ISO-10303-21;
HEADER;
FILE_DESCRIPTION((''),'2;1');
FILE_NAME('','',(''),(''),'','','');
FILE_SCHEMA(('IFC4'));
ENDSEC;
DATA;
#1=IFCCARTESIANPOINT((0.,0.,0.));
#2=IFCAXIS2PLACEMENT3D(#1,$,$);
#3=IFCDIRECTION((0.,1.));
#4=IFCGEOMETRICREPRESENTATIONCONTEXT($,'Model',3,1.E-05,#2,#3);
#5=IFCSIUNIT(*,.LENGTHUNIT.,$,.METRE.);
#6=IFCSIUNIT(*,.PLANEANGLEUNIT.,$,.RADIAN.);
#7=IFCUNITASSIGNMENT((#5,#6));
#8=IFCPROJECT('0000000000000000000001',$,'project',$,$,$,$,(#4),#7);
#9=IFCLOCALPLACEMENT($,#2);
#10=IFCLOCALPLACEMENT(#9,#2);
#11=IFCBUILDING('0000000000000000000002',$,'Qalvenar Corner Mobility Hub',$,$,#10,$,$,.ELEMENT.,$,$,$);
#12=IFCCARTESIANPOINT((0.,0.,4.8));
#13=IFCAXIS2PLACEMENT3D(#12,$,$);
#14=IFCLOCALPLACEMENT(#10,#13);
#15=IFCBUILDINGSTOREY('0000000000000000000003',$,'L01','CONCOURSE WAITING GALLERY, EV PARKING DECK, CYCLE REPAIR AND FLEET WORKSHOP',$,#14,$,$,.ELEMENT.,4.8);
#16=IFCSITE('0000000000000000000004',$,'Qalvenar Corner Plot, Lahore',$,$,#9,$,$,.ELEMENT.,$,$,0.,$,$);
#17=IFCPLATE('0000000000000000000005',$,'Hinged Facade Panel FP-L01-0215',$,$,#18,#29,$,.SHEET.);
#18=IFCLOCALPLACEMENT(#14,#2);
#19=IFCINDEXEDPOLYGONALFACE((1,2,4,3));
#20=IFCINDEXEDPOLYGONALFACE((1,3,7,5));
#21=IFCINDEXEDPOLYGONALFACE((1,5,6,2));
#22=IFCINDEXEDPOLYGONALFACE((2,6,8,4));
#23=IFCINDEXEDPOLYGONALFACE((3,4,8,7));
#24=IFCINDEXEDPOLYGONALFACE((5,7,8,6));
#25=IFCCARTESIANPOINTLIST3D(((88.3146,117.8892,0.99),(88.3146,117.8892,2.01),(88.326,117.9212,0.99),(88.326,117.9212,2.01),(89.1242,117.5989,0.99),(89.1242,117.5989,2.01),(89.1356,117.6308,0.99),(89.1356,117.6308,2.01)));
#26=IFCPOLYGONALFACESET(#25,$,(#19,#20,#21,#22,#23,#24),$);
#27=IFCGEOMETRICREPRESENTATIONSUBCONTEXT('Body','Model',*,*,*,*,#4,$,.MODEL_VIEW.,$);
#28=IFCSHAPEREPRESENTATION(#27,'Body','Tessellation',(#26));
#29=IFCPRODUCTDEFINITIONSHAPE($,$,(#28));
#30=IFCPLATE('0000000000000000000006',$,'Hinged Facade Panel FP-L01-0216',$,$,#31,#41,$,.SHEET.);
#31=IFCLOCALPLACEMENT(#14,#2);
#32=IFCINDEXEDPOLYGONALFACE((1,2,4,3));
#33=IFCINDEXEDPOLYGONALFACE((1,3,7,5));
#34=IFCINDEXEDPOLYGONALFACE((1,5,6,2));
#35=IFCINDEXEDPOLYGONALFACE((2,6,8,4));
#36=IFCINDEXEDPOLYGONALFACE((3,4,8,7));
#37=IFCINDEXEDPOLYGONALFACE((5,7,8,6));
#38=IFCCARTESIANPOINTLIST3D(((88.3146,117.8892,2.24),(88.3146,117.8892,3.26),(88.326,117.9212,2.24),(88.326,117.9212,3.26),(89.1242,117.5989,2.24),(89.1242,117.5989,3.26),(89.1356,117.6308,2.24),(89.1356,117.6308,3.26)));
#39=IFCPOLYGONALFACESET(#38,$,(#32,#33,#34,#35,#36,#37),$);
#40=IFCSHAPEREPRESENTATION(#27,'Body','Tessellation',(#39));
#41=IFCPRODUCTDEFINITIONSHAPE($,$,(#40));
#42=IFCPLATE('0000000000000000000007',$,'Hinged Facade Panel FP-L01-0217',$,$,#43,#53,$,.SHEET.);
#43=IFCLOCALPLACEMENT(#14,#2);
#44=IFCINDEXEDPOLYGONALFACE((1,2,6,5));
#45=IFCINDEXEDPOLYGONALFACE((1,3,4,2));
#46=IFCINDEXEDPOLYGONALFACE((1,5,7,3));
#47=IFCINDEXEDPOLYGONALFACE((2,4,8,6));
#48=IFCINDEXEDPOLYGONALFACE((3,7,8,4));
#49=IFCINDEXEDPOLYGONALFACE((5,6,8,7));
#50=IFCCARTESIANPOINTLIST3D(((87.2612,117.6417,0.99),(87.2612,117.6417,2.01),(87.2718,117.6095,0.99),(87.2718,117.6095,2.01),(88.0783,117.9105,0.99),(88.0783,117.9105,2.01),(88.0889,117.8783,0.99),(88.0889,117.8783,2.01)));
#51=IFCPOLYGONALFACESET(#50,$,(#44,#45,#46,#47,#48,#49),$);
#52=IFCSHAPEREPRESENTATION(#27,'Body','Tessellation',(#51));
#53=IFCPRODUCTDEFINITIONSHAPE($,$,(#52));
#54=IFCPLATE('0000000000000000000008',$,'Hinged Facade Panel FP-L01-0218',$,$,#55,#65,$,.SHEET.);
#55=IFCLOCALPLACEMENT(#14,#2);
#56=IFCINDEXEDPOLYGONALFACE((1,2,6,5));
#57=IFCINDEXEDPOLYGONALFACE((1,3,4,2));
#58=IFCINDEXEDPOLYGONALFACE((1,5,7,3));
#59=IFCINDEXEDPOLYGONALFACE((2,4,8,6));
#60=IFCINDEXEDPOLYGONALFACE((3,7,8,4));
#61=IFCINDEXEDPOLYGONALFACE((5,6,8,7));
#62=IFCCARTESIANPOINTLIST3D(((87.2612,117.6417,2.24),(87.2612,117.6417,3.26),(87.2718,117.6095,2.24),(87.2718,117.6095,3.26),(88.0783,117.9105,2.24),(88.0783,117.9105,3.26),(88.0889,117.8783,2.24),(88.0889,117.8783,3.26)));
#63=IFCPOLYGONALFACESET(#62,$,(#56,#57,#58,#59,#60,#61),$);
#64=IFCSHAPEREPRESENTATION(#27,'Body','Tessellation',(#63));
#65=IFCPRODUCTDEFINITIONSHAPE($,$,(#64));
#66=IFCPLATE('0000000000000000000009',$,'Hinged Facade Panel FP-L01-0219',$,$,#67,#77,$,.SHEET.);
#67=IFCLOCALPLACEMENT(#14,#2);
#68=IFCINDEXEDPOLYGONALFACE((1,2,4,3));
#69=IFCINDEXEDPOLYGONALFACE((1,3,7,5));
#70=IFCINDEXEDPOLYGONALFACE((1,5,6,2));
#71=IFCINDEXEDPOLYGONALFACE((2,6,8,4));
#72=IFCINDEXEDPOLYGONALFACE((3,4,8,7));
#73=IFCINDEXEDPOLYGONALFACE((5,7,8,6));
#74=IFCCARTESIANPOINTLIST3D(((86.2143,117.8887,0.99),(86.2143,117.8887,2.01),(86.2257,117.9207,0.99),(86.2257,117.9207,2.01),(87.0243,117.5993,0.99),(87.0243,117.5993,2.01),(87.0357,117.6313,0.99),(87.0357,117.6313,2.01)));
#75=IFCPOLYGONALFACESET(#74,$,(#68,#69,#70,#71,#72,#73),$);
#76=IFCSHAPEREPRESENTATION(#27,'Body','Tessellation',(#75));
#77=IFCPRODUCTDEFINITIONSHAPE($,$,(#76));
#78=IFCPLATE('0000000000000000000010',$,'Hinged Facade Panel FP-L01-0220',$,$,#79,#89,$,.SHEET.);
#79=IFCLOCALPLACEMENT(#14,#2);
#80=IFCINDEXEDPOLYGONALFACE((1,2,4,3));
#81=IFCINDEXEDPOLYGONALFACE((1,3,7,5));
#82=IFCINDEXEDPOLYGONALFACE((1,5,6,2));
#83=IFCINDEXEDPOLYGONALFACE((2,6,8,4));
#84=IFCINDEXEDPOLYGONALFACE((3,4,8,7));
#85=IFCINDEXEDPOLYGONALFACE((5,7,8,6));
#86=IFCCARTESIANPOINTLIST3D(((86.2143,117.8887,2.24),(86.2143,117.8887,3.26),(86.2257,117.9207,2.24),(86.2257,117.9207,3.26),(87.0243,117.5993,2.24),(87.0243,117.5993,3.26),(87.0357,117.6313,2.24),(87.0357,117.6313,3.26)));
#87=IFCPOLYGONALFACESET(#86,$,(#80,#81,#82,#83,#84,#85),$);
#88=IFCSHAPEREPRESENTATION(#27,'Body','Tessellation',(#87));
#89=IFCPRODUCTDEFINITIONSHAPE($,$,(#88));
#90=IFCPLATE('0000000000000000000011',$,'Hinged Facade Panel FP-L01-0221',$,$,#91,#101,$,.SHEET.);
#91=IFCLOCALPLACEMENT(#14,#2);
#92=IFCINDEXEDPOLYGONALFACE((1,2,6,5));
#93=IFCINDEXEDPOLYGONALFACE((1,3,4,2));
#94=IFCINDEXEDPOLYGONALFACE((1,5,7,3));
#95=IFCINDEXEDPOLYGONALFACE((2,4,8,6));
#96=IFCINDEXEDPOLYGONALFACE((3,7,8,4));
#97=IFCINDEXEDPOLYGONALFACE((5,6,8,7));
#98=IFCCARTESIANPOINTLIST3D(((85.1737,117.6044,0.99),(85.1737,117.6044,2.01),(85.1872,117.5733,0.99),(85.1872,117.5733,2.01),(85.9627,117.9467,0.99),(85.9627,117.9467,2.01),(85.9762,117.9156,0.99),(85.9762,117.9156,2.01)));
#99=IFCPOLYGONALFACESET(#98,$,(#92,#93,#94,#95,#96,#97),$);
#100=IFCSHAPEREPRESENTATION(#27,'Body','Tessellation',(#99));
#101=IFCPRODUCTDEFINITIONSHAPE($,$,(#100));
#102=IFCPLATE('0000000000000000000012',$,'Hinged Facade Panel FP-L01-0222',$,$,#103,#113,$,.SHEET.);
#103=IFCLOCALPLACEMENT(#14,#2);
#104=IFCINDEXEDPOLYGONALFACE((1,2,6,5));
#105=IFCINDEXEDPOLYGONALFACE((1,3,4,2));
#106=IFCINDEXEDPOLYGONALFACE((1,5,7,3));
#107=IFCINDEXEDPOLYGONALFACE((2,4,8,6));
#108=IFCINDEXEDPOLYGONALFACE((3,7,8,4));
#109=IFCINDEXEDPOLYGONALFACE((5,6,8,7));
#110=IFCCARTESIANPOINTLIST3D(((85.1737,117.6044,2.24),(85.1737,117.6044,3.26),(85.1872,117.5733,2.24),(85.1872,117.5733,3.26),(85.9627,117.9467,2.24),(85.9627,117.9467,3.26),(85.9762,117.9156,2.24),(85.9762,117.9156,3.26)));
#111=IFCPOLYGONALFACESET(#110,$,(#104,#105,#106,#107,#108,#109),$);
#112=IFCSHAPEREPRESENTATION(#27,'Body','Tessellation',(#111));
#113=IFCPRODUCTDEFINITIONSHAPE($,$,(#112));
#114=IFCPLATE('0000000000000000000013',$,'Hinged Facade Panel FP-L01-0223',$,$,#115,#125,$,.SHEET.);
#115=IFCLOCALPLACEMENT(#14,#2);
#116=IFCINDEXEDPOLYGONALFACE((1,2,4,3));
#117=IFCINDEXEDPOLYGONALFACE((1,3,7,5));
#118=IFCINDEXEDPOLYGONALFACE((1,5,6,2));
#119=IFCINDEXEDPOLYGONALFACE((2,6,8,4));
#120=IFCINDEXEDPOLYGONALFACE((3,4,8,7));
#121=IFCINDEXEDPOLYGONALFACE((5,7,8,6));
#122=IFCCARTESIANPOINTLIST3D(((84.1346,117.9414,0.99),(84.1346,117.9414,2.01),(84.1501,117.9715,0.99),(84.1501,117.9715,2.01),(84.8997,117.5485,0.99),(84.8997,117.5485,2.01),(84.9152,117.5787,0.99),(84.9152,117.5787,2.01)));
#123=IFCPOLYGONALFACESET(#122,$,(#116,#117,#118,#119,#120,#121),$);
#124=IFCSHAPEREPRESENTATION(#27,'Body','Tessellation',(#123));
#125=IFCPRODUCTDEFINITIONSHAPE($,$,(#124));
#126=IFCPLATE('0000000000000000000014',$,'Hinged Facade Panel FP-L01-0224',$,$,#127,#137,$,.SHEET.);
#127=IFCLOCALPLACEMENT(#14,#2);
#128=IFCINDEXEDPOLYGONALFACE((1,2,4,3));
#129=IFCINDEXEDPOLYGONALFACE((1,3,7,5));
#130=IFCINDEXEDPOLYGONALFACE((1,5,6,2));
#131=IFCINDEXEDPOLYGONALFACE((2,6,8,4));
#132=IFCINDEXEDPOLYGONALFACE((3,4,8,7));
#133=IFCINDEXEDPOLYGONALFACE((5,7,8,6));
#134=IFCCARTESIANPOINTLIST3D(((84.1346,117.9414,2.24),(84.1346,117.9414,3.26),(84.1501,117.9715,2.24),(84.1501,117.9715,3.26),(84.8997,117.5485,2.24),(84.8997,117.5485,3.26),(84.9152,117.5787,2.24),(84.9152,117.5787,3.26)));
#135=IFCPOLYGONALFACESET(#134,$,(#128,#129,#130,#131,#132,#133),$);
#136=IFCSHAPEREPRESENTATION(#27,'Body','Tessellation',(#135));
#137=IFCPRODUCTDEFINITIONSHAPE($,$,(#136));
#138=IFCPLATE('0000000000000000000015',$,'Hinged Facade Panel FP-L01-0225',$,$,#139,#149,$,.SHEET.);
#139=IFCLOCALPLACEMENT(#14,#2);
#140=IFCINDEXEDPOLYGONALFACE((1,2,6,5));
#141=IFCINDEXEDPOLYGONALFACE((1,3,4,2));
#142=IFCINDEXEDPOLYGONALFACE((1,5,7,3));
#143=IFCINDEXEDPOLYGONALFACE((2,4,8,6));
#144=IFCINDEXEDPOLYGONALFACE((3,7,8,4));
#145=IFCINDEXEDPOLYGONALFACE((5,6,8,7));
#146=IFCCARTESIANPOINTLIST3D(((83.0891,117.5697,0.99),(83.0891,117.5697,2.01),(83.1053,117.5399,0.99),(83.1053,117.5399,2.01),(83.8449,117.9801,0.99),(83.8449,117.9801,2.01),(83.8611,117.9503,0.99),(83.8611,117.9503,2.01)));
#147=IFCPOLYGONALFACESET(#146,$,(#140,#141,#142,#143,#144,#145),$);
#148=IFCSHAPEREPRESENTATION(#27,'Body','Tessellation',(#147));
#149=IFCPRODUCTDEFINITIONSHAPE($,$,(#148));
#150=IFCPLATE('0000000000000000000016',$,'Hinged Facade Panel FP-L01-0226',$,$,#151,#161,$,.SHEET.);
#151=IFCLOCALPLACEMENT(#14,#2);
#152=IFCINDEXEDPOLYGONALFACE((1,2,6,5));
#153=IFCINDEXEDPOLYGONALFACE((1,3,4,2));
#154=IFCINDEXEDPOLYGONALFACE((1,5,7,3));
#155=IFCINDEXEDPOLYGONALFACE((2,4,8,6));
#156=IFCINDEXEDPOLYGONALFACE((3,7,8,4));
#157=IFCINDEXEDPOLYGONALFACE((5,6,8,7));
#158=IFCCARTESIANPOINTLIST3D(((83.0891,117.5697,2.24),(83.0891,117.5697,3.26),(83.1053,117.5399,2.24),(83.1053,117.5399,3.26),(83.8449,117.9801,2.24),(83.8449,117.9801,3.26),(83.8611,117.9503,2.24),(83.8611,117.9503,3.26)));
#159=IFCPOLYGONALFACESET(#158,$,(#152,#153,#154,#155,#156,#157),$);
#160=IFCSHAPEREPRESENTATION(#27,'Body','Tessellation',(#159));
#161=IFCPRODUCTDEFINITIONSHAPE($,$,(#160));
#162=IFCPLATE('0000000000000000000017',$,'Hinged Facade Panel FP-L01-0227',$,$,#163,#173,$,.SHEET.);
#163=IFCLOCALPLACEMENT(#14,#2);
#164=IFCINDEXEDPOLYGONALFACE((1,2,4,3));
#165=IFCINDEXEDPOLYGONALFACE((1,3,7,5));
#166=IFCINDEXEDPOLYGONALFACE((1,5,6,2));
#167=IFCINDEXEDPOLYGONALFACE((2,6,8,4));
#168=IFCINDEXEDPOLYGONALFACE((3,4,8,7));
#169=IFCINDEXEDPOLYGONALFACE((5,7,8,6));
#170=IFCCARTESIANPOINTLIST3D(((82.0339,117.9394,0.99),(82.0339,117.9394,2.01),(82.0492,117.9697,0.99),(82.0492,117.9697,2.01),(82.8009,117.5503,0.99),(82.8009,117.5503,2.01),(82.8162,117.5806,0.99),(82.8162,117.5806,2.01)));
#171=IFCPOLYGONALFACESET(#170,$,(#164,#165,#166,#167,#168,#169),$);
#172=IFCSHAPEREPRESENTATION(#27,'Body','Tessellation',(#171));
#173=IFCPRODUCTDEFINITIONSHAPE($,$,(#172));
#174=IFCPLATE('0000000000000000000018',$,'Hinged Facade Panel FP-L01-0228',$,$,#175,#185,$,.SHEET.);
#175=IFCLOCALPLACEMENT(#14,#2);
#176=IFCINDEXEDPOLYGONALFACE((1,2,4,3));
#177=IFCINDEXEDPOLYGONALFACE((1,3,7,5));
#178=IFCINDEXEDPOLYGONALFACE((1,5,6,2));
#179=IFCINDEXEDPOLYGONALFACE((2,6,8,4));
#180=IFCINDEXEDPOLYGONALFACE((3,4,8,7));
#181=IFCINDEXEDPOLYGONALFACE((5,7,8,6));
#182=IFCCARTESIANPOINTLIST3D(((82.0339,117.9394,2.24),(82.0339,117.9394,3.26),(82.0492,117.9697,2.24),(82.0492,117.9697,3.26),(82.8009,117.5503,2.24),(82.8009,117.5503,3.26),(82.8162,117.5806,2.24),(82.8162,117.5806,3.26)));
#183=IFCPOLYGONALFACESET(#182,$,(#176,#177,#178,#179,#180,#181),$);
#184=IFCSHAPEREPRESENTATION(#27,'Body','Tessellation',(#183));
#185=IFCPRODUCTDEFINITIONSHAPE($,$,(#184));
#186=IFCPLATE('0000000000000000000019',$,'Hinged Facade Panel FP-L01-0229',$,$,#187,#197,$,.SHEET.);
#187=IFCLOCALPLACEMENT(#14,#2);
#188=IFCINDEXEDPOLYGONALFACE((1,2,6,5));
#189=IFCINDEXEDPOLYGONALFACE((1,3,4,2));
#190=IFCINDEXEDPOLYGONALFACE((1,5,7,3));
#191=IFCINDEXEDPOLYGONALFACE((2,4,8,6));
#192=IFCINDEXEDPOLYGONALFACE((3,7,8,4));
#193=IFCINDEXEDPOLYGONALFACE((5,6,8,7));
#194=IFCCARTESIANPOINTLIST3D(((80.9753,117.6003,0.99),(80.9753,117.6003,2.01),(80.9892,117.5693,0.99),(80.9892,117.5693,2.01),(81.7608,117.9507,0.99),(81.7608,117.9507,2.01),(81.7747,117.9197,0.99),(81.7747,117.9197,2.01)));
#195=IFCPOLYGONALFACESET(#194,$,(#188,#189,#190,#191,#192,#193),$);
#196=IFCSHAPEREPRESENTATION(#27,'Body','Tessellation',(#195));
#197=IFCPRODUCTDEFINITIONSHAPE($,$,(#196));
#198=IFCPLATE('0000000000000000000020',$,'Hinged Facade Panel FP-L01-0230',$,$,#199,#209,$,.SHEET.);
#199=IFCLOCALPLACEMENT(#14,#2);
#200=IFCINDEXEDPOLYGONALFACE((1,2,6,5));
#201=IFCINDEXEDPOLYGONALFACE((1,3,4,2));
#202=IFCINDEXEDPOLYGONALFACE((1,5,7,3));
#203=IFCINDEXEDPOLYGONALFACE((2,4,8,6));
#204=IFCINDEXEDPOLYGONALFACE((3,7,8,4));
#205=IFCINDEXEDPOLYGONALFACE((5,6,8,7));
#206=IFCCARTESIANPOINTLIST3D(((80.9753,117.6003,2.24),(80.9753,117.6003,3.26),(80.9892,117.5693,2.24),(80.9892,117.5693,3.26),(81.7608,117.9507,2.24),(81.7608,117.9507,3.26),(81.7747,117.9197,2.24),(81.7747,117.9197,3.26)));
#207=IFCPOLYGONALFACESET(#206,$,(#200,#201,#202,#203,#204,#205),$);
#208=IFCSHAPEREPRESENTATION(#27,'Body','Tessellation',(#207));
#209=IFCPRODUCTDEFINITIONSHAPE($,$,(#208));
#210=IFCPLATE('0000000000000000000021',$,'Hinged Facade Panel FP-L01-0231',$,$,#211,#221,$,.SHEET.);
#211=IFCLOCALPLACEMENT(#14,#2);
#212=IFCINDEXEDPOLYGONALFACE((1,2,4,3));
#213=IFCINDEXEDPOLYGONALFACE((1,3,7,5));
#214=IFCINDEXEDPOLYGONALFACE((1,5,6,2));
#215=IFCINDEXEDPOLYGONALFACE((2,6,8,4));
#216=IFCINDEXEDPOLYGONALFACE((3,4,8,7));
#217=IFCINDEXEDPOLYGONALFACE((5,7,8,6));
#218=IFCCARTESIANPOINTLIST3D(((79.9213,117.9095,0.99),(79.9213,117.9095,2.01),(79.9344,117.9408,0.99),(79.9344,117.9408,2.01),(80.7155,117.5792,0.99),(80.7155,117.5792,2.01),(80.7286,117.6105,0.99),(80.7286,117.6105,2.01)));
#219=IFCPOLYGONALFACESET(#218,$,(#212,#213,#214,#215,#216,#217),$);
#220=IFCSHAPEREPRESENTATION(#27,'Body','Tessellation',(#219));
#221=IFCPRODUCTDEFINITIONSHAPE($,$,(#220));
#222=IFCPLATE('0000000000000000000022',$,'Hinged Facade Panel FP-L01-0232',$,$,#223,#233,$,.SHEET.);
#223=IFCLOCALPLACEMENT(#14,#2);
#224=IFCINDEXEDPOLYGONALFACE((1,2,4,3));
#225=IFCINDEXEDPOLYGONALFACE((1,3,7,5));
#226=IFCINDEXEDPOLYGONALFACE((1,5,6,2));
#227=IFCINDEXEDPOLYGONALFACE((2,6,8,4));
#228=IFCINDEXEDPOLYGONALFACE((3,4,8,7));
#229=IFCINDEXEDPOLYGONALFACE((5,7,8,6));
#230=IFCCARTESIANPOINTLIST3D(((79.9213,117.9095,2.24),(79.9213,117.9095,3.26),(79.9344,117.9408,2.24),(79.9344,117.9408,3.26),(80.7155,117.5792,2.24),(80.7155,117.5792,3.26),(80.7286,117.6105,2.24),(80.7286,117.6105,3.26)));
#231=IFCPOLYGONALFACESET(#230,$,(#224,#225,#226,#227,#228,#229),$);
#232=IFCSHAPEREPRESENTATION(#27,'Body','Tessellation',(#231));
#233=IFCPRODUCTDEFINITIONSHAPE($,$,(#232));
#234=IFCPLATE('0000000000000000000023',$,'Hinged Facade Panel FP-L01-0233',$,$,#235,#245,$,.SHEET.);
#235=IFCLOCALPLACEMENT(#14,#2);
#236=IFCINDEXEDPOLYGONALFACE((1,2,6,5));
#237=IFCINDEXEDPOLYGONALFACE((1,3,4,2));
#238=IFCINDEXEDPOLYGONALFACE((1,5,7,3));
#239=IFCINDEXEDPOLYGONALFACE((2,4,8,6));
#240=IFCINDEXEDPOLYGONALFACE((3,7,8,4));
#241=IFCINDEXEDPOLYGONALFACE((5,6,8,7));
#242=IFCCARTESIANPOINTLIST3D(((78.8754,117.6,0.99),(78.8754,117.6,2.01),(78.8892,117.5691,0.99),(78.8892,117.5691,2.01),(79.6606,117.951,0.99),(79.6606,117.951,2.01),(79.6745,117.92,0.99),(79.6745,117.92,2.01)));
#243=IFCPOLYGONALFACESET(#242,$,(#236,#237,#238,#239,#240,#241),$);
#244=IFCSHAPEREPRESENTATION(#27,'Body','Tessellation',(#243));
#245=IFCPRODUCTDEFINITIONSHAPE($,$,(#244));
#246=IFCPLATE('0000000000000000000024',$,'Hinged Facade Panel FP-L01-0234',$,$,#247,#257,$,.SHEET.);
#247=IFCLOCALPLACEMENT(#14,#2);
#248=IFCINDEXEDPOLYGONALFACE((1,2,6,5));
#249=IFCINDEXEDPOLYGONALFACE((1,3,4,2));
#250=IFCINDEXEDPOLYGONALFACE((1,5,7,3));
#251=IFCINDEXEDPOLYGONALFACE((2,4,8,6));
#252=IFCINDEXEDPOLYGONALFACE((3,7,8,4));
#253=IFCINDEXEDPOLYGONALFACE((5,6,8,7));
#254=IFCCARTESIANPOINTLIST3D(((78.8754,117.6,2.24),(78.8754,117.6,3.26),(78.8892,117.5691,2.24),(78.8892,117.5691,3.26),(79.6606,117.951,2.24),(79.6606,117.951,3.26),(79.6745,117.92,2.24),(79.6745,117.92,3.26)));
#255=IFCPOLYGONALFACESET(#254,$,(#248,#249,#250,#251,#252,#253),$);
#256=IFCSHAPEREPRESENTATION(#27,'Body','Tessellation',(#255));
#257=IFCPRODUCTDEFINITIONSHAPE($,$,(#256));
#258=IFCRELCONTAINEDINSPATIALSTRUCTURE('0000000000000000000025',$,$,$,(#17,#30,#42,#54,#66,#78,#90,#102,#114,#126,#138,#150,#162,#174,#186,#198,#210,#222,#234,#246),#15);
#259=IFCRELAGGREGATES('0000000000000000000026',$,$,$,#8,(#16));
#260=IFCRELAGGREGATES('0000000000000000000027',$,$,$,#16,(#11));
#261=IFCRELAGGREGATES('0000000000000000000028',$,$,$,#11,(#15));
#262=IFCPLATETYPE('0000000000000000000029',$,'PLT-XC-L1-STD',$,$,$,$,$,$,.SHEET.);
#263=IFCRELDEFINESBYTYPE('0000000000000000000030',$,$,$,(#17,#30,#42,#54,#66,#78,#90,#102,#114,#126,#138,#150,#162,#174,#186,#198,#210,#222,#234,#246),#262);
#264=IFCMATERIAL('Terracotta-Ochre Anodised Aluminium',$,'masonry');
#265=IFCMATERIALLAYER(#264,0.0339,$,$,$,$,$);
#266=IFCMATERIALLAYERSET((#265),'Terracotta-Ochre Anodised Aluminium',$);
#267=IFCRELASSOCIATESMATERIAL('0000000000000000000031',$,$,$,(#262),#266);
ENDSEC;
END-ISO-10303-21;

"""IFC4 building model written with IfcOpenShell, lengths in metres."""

from ifc_helpers import new_model, si_unit, direction, frame, origin, origin_2d, place, context, subcontext, project, spatial, rectangle, extrude, material, layer, layer_set, type_object, element, save


model = new_model("IFC4")

# Units and contexts
model_context = context("Model", 3, precision=1e-05, world=origin(), true_north=direction((0.0, 1.0)))
body_context = subcontext(model_context, "Body", "Model", "MODEL_VIEW")
ifc_project = project(units=[si_unit("LENGTHUNIT", "METRE"), si_unit("PLANEANGLEUNIT", "RADIAN")], contexts=[model_context])

# Site, building, storey
site_placement = place(None, origin())
site = spatial("IfcSite", under=ifc_project, at=site_placement, Name="Qalvenar Corner Plot, Lahore", CompositionType="ELEMENT", RefElevation=0.0)
building_placement = place(site_placement, origin())
building = spatial("IfcBuilding", under=site, at=building_placement, Name="Qalvenar Corner Mobility Hub", CompositionType="ELEMENT")
storey_placement = place(building_placement, frame((0.0, 0.0, 4.8)))
storey = spatial("IfcBuildingStorey", under=building, at=storey_placement, Name="L01", Description="CONCOURSE WAITING GALLERY, EV PARKING DECK, CYCLE REPAIR AND FLEET WORKSHOP", CompositionType="ELEMENT", Elevation=4.8)

# Plates
ifc_material_1 = material(Name="Terracotta-Ochre Anodised Aluminium", Category="masonry")
ifc_layer = layer(ifc_material_1, 0.0339)
ifc_layer_set = layer_set([ifc_layer], Name="Terracotta-Ochre Anodised Aluminium")
plate_type = type_object("IfcPlateType", Name="PLT-XC-L1-STD", PredefinedType="SHEET", material=ifc_layer_set)
for number, where, z_axis, x_axis, name in (
    (1, (88.7251, 117.76, 0.99), (0.0, 0.0, 1.0), (-0.941294, 0.337588, 0.0), "Hinged Facade Panel FP-L01-0215"),
    (2, (88.7251, 117.76, 2.24), (0.0, 0.0, 1.0), (-0.941294, 0.337588, 0.0), "Hinged Facade Panel FP-L01-0216"),
    (3, (87.675, 117.76, 0.99), (0.0, 0.0, 1.0), (-0.949918, -0.312501, 0.0), "Hinged Facade Panel FP-L01-0217"),
    (4, (87.675, 117.76, 2.24), (0.0, 0.0, 1.0), (-0.949918, -0.312501, 0.0), "Hinged Facade Panel FP-L01-0218"),
    (5, (86.625, 117.76, 0.99), (0.0, 0.0, 1.0), (-0.941706, 0.336438, 0.0), "Hinged Facade Panel FP-L01-0219"),
    (6, (86.625, 117.76, 2.24), (0.0, 0.0, 1.0), (-0.941706, 0.336438, 0.0), "Hinged Facade Panel FP-L01-0220"),
    (7, (85.575, 117.76, 0.99), (0.0, 0.0, 1.0), (-0.917408, -0.397949, 0.0), "Hinged Facade Panel FP-L01-0221"),
    (8, (85.575, 117.76, 2.24), (0.0, 0.0, 1.0), (-0.917408, -0.397949, 0.0), "Hinged Facade Panel FP-L01-0222"),
    (9, (84.5249, 117.76, 0.99), (0.0, 0.0, 1.0), (-0.889576, 0.456787, 0.0), "Hinged Facade Panel FP-L01-0223"),
    (10, (84.5249, 117.76, 2.24), (0.0, 0.0, 1.0), (-0.889576, 0.456787, 0.0), "Hinged Facade Panel FP-L01-0224"),
    (11, (83.4751, 117.76, 0.99), (0.0, 0.0, 1.0), (-0.878817, -0.477159, 0.0), "Hinged Facade Panel FP-L01-0225"),
    (12, (83.4751, 117.76, 2.24), (0.0, 0.0, 1.0), (-0.878817, -0.477159, 0.0), "Hinged Facade Panel FP-L01-0226"),
    (13, (82.425, 117.76, 0.99), (0.0, 0.0, 1.0), (-0.891798, 0.452435, 0.0), "Hinged Facade Panel FP-L01-0227"),
    (14, (82.425, 117.76, 2.24), (0.0, 0.0, 1.0), (-0.891798, 0.452435, 0.0), "Hinged Facade Panel FP-L01-0228"),
    (15, (81.375, 117.76, 0.99), (0.0, 0.0, 1.0), (-0.913261, -0.407374, 0.0), "Hinged Facade Panel FP-L01-0229"),
    (16, (81.375, 117.76, 2.24), (0.0, 0.0, 1.0), (-0.913261, -0.407374, 0.0), "Hinged Facade Panel FP-L01-0230"),
    (17, (80.325, 117.76, 0.99), (0.0, 0.0, 1.0), (-0.923344, 0.383973, 0.0), "Hinged Facade Panel FP-L01-0231"),
    (18, (80.325, 117.76, 2.24), (0.0, 0.0, 1.0), (-0.923344, 0.383973, 0.0), "Hinged Facade Panel FP-L01-0232"),
    (19, (79.2749, 117.76, 0.99), (0.0, 0.0, 1.0), (-0.912977, -0.408012, 0.0), "Hinged Facade Panel FP-L01-0233"),
    (20, (79.2749, 117.76, 2.24), (0.0, 0.0, 1.0), (-0.912977, -0.408012, 0.0), "Hinged Facade Panel FP-L01-0234"),
):
    element("IfcPlate", number, at=place(storey_placement, frame(where, z_axis=z_axis, x_axis=x_axis)), inside=storey, type_object=plate_type, Name=name, PredefinedType="SHEET", context=body_context, shape_type="SweptSolid", body=[
        extrude(rectangle(XDim=0.8601, YDim=0.0339, at=origin_2d()), origin(), (0.0, 0.0, 1.0), 1.02),
    ])

save(model, "model.ifc")
